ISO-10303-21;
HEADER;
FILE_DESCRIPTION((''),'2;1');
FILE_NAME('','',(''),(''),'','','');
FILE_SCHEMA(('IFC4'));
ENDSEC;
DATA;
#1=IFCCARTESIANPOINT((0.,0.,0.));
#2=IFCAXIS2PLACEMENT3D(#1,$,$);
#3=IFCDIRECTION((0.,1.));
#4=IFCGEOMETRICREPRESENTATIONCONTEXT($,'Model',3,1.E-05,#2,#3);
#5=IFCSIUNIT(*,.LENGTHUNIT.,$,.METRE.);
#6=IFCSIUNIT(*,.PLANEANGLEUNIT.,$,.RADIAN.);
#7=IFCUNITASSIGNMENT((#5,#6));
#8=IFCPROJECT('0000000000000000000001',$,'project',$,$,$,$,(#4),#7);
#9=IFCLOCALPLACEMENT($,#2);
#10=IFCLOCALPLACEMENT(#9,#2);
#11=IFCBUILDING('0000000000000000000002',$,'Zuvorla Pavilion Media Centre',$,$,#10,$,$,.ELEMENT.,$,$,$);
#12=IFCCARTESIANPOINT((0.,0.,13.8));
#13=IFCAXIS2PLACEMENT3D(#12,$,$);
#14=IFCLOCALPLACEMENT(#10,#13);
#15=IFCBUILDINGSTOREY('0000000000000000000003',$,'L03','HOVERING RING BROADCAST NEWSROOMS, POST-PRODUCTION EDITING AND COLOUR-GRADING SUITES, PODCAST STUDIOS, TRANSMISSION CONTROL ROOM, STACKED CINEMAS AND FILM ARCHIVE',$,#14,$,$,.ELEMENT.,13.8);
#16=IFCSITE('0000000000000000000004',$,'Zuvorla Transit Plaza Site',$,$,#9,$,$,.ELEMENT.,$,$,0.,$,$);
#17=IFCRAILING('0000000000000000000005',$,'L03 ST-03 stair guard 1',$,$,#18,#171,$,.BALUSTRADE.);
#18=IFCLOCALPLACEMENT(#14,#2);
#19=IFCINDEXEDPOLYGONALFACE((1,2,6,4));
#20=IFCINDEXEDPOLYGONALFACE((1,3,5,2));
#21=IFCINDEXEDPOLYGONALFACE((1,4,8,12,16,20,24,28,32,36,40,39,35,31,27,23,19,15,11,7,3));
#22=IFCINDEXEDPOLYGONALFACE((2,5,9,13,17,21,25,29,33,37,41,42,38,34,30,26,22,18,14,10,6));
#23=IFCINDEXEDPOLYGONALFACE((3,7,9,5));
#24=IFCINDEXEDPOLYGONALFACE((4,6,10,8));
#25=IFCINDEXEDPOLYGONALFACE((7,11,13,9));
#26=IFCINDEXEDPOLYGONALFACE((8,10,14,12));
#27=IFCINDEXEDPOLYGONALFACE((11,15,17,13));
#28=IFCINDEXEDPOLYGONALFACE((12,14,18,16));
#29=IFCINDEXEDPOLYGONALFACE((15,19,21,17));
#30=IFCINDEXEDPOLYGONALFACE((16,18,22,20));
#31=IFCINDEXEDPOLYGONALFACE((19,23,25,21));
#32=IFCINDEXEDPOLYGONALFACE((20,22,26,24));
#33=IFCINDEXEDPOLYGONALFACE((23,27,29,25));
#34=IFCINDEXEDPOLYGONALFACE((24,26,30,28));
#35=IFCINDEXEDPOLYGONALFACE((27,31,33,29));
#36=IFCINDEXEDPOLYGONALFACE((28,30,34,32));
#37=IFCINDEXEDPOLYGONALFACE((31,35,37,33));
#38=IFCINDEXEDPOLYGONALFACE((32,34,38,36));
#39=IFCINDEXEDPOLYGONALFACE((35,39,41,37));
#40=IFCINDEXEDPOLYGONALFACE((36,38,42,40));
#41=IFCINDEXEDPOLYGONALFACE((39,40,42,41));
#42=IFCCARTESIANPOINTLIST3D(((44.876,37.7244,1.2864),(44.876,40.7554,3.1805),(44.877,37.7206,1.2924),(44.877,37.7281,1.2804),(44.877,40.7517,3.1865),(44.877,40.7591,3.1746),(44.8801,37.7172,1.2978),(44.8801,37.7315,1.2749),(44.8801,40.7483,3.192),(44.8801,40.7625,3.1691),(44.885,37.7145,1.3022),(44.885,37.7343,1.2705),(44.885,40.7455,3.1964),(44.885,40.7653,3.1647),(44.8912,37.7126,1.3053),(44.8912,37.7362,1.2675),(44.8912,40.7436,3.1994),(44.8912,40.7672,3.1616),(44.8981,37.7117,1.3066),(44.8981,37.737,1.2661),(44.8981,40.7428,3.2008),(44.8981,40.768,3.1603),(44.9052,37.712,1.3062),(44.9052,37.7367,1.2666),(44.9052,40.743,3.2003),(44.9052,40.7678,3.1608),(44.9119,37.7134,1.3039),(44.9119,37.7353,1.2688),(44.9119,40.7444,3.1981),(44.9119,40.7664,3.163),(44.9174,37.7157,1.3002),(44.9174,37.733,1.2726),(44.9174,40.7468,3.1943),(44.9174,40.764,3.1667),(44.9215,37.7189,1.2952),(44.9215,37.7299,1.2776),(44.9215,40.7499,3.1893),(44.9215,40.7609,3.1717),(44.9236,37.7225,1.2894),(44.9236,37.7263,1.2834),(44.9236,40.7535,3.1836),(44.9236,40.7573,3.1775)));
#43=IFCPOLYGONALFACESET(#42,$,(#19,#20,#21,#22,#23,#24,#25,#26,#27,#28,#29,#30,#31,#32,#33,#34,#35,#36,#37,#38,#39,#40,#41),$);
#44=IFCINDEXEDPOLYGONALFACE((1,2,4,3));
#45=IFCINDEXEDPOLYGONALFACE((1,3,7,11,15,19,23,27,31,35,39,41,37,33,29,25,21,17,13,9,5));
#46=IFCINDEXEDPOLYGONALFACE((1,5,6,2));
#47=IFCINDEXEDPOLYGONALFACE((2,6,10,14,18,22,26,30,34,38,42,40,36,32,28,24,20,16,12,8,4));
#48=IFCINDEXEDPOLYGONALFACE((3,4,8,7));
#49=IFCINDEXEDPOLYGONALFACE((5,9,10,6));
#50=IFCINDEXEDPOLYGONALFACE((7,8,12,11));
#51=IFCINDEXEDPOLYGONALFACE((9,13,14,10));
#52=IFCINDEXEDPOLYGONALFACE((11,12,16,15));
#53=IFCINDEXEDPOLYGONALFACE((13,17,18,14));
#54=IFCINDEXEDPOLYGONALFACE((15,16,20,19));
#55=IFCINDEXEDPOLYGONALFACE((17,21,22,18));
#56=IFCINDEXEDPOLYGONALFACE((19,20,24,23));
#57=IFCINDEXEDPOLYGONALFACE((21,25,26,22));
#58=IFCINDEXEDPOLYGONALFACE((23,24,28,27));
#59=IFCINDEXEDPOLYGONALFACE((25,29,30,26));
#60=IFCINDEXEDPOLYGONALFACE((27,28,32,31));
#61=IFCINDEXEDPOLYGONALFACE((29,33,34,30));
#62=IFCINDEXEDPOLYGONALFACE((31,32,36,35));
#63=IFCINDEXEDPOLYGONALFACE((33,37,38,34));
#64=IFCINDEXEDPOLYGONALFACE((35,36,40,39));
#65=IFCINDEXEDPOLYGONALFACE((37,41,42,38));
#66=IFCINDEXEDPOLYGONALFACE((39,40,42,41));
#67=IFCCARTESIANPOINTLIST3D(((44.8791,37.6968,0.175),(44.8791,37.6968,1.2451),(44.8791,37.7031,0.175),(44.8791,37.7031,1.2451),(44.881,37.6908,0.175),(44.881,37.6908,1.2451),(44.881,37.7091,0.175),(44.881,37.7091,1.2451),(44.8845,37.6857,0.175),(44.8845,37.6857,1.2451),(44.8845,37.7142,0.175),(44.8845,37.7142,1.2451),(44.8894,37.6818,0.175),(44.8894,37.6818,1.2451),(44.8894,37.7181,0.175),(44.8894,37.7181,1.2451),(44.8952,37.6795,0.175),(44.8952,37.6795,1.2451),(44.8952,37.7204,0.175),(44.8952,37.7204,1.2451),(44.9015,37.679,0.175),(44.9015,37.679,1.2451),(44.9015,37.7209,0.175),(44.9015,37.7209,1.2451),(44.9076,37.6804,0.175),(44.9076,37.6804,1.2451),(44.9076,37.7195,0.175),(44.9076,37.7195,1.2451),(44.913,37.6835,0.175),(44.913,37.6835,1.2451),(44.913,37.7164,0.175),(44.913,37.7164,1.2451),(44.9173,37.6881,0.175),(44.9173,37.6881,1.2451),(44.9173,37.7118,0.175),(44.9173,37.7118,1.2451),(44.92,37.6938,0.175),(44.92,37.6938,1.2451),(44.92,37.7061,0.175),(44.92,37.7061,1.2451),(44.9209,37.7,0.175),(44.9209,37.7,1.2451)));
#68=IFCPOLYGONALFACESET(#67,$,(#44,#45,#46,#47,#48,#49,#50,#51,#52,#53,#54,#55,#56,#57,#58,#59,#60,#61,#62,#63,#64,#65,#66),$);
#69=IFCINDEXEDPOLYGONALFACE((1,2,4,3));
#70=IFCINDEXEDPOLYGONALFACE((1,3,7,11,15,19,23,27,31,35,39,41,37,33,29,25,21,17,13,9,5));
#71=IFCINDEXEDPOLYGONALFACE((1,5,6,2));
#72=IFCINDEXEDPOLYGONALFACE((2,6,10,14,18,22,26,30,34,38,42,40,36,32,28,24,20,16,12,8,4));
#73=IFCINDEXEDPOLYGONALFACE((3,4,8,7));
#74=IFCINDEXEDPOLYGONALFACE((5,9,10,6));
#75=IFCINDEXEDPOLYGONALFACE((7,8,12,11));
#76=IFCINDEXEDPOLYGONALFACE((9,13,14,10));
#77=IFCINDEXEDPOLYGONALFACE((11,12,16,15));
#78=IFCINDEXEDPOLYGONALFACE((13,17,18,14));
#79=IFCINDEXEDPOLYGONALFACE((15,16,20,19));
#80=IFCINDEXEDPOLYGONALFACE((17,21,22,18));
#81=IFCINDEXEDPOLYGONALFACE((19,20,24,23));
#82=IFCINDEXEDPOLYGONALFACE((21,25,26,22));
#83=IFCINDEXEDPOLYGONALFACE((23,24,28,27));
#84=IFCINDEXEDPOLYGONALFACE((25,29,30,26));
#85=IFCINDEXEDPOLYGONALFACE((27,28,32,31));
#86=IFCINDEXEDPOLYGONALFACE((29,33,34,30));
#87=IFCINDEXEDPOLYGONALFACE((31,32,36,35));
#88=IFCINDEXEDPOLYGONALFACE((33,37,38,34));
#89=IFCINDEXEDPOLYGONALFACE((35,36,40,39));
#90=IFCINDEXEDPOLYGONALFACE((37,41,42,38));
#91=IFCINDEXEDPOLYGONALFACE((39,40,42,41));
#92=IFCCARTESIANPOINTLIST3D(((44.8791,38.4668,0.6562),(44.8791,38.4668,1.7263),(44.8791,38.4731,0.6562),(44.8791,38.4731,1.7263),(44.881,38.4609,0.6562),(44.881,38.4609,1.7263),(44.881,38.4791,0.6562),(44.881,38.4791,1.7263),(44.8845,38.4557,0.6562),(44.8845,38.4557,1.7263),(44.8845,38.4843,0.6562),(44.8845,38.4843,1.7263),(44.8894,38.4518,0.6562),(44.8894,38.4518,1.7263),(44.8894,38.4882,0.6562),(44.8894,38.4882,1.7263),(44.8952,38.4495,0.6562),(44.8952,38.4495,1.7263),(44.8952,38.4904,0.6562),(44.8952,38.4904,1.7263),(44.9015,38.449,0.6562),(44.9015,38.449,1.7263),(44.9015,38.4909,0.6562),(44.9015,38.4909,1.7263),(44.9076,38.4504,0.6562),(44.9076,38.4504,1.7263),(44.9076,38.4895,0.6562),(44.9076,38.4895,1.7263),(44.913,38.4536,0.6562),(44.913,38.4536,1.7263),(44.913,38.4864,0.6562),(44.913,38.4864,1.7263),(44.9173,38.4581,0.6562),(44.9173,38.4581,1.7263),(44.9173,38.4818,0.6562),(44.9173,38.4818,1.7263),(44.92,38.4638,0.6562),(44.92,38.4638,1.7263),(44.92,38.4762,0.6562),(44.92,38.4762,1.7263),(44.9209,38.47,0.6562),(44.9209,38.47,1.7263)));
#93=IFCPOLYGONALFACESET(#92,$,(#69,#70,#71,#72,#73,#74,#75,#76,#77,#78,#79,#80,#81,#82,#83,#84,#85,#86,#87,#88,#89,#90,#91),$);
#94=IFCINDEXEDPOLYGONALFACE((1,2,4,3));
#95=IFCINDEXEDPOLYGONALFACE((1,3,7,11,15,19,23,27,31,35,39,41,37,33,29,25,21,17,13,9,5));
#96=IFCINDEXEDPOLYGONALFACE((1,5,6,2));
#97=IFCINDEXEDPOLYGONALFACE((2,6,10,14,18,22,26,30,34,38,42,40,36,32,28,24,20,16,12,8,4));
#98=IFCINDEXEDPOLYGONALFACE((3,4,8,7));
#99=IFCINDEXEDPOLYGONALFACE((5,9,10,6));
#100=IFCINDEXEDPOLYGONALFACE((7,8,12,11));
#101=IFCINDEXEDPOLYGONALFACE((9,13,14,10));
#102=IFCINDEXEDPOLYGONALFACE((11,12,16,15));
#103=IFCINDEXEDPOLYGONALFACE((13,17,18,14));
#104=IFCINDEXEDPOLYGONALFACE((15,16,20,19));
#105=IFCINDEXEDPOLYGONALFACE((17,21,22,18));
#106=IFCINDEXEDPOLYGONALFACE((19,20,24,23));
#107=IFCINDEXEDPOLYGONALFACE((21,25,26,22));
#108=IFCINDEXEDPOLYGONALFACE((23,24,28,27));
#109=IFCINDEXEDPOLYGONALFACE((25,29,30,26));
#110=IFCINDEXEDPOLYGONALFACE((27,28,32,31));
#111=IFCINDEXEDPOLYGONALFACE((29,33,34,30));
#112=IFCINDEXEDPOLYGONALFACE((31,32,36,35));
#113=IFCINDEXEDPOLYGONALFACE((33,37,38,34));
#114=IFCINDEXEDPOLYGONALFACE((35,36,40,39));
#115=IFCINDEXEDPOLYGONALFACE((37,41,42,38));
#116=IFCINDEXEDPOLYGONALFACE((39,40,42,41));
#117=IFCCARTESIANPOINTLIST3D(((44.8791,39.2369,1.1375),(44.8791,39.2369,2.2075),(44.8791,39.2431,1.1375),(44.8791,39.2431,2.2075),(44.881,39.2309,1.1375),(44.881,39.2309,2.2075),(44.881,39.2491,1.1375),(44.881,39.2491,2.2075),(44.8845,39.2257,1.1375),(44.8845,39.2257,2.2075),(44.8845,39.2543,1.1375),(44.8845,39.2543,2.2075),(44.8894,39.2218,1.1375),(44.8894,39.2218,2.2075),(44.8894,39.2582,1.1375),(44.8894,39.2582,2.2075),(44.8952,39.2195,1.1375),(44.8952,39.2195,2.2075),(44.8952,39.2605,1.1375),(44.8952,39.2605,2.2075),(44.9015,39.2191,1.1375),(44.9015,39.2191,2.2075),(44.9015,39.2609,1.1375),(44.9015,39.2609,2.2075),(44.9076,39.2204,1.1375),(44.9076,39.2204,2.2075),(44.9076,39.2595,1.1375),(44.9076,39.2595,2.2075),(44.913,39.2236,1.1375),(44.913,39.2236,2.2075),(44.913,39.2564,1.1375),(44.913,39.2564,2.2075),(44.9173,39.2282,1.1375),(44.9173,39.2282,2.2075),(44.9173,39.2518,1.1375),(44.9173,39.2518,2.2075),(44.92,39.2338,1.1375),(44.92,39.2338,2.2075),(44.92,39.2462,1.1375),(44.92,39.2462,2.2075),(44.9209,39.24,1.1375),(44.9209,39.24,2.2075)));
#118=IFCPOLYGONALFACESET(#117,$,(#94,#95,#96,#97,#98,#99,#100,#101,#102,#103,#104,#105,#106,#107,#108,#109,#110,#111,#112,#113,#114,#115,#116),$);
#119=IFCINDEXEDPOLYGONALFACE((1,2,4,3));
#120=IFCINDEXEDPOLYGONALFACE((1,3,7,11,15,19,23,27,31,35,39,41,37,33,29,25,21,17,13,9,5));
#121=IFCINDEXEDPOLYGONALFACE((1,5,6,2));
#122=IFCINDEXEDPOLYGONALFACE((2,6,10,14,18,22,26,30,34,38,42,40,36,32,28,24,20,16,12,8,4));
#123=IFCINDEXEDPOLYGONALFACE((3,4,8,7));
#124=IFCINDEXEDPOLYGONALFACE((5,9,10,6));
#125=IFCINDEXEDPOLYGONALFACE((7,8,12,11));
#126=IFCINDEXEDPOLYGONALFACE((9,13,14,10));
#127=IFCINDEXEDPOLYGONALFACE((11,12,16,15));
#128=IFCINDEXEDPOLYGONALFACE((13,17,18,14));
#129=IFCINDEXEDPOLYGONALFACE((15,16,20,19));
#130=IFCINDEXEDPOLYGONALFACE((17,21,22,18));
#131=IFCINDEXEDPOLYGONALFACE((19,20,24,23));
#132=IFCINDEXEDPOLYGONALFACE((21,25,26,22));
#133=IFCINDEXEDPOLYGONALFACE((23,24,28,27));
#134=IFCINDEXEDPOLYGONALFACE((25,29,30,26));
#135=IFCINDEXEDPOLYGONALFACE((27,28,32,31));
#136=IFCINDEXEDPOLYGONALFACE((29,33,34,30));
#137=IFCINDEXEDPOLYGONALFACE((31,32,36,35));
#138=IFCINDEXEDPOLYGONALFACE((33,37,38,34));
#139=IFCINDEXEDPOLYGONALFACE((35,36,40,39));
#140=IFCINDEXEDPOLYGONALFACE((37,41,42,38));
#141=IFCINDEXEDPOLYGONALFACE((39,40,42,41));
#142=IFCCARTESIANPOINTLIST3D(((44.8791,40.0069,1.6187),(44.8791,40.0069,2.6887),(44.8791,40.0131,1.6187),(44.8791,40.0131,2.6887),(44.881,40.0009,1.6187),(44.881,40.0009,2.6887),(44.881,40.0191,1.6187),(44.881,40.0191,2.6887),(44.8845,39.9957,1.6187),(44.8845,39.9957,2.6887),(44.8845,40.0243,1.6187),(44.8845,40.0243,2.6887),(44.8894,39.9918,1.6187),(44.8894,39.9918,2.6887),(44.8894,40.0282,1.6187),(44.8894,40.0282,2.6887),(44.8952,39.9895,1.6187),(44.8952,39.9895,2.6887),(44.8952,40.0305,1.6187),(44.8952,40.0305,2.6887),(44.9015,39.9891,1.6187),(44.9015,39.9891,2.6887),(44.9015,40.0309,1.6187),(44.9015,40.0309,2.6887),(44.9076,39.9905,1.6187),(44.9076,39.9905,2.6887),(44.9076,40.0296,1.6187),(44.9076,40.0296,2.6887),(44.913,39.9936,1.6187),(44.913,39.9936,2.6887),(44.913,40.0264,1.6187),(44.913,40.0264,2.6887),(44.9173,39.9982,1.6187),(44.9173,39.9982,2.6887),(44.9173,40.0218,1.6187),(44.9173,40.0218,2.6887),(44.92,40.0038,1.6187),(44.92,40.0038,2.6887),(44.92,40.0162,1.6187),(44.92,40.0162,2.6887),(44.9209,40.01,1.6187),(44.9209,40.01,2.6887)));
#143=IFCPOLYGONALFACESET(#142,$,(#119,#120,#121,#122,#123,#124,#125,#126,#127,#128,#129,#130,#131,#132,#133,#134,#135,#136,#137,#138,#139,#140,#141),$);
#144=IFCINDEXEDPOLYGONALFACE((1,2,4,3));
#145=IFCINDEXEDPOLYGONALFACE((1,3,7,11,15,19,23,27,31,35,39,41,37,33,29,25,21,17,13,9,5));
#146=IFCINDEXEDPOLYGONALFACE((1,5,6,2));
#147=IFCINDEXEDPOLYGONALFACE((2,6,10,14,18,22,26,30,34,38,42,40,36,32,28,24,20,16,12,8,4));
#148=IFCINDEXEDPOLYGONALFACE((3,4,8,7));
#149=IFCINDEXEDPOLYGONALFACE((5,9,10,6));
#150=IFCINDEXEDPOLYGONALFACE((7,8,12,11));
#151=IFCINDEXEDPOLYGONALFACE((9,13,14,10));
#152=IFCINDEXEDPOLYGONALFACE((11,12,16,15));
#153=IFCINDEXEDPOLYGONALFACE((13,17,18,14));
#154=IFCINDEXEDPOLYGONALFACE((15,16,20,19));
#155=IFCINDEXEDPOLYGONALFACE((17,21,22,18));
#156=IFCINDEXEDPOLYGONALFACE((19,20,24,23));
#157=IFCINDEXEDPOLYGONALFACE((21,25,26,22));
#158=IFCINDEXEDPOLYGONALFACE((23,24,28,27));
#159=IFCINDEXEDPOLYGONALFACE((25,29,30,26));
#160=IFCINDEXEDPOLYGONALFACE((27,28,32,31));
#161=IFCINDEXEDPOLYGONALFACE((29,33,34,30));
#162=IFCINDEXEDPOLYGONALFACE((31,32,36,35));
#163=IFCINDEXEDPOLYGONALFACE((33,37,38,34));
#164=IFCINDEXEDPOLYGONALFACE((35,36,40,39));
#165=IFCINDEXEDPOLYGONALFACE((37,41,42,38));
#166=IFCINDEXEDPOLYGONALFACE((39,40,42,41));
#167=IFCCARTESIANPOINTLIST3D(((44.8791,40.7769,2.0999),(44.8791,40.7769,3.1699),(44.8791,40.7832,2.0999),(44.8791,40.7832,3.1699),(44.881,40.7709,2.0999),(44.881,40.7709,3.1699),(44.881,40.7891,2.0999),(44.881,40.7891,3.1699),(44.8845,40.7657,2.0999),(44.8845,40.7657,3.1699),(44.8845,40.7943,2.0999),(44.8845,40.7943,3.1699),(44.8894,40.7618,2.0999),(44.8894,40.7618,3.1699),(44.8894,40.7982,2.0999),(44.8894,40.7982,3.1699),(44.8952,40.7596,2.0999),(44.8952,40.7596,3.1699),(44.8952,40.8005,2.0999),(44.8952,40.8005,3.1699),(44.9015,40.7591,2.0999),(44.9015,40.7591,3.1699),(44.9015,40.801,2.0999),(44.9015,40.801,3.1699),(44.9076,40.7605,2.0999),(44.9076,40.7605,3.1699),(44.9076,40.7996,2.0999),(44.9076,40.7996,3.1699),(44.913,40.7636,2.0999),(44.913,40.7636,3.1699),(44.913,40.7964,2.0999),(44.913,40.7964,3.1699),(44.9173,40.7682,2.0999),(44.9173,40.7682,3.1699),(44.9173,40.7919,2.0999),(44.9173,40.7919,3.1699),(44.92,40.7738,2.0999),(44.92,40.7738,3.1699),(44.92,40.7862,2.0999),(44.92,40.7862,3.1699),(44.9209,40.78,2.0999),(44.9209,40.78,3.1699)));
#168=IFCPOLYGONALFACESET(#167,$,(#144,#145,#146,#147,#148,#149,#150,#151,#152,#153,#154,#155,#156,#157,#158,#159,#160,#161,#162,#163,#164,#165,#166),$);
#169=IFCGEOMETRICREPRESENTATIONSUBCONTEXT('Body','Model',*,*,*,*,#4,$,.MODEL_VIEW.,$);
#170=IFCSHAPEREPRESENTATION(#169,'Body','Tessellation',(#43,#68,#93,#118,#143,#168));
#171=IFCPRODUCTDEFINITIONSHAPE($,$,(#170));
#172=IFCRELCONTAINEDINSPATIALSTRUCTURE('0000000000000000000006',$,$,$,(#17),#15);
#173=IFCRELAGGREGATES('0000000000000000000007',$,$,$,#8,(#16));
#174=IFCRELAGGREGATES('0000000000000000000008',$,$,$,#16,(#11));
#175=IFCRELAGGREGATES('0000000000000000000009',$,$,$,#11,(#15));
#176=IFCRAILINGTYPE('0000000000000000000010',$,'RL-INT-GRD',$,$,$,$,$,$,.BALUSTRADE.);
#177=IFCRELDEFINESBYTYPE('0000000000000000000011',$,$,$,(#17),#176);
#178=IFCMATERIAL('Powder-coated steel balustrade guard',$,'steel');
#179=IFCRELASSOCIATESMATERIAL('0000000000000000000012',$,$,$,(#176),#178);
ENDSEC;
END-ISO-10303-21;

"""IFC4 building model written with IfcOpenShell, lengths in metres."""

from ifc_helpers import new_model, si_unit, direction, frame, origin, origin_2d, place, context, subcontext, project, spatial, circle, extrude, material, type_object, element, save


model = new_model("IFC4")

# Units and contexts
model_context = context("Model", 3, precision=1e-05, world=origin(), true_north=direction((0.0, 1.0)))
body_context = subcontext(model_context, "Body", "Model", "MODEL_VIEW")
ifc_project = project(units=[si_unit("LENGTHUNIT", "METRE"), si_unit("PLANEANGLEUNIT", "RADIAN")], contexts=[model_context])

# Site, building, storey
site_placement = place(None, origin())
site = spatial("IfcSite", under=ifc_project, at=site_placement, Name="Zuvorla Transit Plaza Site", CompositionType="ELEMENT", RefElevation=0.0)
building_placement = place(site_placement, origin())
building = spatial("IfcBuilding", under=site, at=building_placement, Name="Zuvorla Pavilion Media Centre", CompositionType="ELEMENT")
storey_placement = place(building_placement, frame((0.0, 0.0, 13.8)))
storey = spatial("IfcBuildingStorey", under=building, at=storey_placement, Name="L03", Description="HOVERING RING BROADCAST NEWSROOMS, POST-PRODUCTION EDITING AND COLOUR-GRADING SUITES, PODCAST STUDIOS, TRANSMISSION CONTROL ROOM, STACKED CINEMAS AND FILM ARCHIVE", CompositionType="ELEMENT", Elevation=13.8)

# Railing
ifc_material_1 = material(Name="Powder-coated steel balustrade guard", Category="steel")
railing_type_1 = type_object("IfcRailingType", Name="RL-INT-GRD", PredefinedType="BALUSTRADE", material=ifc_material_1)
railing_1_placement = place(storey_placement, frame((44.8999, 37.7, 0.175)))
element("IfcRailing", 1, at=railing_1_placement, inside=storey, type_object=railing_type_1, Name="L03 ST-03 stair guard 1", PredefinedType="BALUSTRADE", context=body_context, shape_type="SweptSolid", body=[
    extrude(circle(Radius=0.0239, at=origin_2d()), frame((0.0, 0.0244, 1.1113), z_axis=(0.0, 0.848029, 0.529951), x_axis=(-1.0, 0.0, 0.0)), (0.0, 0.0, 1.0), 3.5742),
    extrude(circle(Radius=0.021, at=origin_2d()), origin(), (0.0, 0.0, 1.0), 1.0701),
    extrude(circle(Radius=0.021, at=origin_2d()), frame((0.0, 0.77, 0.4812)), (0.0, 0.0, 1.0), 1.0701),
    extrude(circle(Radius=0.021, at=origin_2d()), frame((0.0, 1.54, 0.9624)), (0.0, 0.0, 1.0), 1.0701),
    extrude(circle(Radius=0.021, at=origin_2d()), frame((0.0, 2.3101, 1.4436)), (0.0, 0.0, 1.0), 1.0701),
    extrude(circle(Radius=0.021, at=origin_2d()), frame((0.0, 3.0801, 1.9248)), (0.0, 0.0, 1.0), 1.0701),
])

save(model, "model.ifc")
